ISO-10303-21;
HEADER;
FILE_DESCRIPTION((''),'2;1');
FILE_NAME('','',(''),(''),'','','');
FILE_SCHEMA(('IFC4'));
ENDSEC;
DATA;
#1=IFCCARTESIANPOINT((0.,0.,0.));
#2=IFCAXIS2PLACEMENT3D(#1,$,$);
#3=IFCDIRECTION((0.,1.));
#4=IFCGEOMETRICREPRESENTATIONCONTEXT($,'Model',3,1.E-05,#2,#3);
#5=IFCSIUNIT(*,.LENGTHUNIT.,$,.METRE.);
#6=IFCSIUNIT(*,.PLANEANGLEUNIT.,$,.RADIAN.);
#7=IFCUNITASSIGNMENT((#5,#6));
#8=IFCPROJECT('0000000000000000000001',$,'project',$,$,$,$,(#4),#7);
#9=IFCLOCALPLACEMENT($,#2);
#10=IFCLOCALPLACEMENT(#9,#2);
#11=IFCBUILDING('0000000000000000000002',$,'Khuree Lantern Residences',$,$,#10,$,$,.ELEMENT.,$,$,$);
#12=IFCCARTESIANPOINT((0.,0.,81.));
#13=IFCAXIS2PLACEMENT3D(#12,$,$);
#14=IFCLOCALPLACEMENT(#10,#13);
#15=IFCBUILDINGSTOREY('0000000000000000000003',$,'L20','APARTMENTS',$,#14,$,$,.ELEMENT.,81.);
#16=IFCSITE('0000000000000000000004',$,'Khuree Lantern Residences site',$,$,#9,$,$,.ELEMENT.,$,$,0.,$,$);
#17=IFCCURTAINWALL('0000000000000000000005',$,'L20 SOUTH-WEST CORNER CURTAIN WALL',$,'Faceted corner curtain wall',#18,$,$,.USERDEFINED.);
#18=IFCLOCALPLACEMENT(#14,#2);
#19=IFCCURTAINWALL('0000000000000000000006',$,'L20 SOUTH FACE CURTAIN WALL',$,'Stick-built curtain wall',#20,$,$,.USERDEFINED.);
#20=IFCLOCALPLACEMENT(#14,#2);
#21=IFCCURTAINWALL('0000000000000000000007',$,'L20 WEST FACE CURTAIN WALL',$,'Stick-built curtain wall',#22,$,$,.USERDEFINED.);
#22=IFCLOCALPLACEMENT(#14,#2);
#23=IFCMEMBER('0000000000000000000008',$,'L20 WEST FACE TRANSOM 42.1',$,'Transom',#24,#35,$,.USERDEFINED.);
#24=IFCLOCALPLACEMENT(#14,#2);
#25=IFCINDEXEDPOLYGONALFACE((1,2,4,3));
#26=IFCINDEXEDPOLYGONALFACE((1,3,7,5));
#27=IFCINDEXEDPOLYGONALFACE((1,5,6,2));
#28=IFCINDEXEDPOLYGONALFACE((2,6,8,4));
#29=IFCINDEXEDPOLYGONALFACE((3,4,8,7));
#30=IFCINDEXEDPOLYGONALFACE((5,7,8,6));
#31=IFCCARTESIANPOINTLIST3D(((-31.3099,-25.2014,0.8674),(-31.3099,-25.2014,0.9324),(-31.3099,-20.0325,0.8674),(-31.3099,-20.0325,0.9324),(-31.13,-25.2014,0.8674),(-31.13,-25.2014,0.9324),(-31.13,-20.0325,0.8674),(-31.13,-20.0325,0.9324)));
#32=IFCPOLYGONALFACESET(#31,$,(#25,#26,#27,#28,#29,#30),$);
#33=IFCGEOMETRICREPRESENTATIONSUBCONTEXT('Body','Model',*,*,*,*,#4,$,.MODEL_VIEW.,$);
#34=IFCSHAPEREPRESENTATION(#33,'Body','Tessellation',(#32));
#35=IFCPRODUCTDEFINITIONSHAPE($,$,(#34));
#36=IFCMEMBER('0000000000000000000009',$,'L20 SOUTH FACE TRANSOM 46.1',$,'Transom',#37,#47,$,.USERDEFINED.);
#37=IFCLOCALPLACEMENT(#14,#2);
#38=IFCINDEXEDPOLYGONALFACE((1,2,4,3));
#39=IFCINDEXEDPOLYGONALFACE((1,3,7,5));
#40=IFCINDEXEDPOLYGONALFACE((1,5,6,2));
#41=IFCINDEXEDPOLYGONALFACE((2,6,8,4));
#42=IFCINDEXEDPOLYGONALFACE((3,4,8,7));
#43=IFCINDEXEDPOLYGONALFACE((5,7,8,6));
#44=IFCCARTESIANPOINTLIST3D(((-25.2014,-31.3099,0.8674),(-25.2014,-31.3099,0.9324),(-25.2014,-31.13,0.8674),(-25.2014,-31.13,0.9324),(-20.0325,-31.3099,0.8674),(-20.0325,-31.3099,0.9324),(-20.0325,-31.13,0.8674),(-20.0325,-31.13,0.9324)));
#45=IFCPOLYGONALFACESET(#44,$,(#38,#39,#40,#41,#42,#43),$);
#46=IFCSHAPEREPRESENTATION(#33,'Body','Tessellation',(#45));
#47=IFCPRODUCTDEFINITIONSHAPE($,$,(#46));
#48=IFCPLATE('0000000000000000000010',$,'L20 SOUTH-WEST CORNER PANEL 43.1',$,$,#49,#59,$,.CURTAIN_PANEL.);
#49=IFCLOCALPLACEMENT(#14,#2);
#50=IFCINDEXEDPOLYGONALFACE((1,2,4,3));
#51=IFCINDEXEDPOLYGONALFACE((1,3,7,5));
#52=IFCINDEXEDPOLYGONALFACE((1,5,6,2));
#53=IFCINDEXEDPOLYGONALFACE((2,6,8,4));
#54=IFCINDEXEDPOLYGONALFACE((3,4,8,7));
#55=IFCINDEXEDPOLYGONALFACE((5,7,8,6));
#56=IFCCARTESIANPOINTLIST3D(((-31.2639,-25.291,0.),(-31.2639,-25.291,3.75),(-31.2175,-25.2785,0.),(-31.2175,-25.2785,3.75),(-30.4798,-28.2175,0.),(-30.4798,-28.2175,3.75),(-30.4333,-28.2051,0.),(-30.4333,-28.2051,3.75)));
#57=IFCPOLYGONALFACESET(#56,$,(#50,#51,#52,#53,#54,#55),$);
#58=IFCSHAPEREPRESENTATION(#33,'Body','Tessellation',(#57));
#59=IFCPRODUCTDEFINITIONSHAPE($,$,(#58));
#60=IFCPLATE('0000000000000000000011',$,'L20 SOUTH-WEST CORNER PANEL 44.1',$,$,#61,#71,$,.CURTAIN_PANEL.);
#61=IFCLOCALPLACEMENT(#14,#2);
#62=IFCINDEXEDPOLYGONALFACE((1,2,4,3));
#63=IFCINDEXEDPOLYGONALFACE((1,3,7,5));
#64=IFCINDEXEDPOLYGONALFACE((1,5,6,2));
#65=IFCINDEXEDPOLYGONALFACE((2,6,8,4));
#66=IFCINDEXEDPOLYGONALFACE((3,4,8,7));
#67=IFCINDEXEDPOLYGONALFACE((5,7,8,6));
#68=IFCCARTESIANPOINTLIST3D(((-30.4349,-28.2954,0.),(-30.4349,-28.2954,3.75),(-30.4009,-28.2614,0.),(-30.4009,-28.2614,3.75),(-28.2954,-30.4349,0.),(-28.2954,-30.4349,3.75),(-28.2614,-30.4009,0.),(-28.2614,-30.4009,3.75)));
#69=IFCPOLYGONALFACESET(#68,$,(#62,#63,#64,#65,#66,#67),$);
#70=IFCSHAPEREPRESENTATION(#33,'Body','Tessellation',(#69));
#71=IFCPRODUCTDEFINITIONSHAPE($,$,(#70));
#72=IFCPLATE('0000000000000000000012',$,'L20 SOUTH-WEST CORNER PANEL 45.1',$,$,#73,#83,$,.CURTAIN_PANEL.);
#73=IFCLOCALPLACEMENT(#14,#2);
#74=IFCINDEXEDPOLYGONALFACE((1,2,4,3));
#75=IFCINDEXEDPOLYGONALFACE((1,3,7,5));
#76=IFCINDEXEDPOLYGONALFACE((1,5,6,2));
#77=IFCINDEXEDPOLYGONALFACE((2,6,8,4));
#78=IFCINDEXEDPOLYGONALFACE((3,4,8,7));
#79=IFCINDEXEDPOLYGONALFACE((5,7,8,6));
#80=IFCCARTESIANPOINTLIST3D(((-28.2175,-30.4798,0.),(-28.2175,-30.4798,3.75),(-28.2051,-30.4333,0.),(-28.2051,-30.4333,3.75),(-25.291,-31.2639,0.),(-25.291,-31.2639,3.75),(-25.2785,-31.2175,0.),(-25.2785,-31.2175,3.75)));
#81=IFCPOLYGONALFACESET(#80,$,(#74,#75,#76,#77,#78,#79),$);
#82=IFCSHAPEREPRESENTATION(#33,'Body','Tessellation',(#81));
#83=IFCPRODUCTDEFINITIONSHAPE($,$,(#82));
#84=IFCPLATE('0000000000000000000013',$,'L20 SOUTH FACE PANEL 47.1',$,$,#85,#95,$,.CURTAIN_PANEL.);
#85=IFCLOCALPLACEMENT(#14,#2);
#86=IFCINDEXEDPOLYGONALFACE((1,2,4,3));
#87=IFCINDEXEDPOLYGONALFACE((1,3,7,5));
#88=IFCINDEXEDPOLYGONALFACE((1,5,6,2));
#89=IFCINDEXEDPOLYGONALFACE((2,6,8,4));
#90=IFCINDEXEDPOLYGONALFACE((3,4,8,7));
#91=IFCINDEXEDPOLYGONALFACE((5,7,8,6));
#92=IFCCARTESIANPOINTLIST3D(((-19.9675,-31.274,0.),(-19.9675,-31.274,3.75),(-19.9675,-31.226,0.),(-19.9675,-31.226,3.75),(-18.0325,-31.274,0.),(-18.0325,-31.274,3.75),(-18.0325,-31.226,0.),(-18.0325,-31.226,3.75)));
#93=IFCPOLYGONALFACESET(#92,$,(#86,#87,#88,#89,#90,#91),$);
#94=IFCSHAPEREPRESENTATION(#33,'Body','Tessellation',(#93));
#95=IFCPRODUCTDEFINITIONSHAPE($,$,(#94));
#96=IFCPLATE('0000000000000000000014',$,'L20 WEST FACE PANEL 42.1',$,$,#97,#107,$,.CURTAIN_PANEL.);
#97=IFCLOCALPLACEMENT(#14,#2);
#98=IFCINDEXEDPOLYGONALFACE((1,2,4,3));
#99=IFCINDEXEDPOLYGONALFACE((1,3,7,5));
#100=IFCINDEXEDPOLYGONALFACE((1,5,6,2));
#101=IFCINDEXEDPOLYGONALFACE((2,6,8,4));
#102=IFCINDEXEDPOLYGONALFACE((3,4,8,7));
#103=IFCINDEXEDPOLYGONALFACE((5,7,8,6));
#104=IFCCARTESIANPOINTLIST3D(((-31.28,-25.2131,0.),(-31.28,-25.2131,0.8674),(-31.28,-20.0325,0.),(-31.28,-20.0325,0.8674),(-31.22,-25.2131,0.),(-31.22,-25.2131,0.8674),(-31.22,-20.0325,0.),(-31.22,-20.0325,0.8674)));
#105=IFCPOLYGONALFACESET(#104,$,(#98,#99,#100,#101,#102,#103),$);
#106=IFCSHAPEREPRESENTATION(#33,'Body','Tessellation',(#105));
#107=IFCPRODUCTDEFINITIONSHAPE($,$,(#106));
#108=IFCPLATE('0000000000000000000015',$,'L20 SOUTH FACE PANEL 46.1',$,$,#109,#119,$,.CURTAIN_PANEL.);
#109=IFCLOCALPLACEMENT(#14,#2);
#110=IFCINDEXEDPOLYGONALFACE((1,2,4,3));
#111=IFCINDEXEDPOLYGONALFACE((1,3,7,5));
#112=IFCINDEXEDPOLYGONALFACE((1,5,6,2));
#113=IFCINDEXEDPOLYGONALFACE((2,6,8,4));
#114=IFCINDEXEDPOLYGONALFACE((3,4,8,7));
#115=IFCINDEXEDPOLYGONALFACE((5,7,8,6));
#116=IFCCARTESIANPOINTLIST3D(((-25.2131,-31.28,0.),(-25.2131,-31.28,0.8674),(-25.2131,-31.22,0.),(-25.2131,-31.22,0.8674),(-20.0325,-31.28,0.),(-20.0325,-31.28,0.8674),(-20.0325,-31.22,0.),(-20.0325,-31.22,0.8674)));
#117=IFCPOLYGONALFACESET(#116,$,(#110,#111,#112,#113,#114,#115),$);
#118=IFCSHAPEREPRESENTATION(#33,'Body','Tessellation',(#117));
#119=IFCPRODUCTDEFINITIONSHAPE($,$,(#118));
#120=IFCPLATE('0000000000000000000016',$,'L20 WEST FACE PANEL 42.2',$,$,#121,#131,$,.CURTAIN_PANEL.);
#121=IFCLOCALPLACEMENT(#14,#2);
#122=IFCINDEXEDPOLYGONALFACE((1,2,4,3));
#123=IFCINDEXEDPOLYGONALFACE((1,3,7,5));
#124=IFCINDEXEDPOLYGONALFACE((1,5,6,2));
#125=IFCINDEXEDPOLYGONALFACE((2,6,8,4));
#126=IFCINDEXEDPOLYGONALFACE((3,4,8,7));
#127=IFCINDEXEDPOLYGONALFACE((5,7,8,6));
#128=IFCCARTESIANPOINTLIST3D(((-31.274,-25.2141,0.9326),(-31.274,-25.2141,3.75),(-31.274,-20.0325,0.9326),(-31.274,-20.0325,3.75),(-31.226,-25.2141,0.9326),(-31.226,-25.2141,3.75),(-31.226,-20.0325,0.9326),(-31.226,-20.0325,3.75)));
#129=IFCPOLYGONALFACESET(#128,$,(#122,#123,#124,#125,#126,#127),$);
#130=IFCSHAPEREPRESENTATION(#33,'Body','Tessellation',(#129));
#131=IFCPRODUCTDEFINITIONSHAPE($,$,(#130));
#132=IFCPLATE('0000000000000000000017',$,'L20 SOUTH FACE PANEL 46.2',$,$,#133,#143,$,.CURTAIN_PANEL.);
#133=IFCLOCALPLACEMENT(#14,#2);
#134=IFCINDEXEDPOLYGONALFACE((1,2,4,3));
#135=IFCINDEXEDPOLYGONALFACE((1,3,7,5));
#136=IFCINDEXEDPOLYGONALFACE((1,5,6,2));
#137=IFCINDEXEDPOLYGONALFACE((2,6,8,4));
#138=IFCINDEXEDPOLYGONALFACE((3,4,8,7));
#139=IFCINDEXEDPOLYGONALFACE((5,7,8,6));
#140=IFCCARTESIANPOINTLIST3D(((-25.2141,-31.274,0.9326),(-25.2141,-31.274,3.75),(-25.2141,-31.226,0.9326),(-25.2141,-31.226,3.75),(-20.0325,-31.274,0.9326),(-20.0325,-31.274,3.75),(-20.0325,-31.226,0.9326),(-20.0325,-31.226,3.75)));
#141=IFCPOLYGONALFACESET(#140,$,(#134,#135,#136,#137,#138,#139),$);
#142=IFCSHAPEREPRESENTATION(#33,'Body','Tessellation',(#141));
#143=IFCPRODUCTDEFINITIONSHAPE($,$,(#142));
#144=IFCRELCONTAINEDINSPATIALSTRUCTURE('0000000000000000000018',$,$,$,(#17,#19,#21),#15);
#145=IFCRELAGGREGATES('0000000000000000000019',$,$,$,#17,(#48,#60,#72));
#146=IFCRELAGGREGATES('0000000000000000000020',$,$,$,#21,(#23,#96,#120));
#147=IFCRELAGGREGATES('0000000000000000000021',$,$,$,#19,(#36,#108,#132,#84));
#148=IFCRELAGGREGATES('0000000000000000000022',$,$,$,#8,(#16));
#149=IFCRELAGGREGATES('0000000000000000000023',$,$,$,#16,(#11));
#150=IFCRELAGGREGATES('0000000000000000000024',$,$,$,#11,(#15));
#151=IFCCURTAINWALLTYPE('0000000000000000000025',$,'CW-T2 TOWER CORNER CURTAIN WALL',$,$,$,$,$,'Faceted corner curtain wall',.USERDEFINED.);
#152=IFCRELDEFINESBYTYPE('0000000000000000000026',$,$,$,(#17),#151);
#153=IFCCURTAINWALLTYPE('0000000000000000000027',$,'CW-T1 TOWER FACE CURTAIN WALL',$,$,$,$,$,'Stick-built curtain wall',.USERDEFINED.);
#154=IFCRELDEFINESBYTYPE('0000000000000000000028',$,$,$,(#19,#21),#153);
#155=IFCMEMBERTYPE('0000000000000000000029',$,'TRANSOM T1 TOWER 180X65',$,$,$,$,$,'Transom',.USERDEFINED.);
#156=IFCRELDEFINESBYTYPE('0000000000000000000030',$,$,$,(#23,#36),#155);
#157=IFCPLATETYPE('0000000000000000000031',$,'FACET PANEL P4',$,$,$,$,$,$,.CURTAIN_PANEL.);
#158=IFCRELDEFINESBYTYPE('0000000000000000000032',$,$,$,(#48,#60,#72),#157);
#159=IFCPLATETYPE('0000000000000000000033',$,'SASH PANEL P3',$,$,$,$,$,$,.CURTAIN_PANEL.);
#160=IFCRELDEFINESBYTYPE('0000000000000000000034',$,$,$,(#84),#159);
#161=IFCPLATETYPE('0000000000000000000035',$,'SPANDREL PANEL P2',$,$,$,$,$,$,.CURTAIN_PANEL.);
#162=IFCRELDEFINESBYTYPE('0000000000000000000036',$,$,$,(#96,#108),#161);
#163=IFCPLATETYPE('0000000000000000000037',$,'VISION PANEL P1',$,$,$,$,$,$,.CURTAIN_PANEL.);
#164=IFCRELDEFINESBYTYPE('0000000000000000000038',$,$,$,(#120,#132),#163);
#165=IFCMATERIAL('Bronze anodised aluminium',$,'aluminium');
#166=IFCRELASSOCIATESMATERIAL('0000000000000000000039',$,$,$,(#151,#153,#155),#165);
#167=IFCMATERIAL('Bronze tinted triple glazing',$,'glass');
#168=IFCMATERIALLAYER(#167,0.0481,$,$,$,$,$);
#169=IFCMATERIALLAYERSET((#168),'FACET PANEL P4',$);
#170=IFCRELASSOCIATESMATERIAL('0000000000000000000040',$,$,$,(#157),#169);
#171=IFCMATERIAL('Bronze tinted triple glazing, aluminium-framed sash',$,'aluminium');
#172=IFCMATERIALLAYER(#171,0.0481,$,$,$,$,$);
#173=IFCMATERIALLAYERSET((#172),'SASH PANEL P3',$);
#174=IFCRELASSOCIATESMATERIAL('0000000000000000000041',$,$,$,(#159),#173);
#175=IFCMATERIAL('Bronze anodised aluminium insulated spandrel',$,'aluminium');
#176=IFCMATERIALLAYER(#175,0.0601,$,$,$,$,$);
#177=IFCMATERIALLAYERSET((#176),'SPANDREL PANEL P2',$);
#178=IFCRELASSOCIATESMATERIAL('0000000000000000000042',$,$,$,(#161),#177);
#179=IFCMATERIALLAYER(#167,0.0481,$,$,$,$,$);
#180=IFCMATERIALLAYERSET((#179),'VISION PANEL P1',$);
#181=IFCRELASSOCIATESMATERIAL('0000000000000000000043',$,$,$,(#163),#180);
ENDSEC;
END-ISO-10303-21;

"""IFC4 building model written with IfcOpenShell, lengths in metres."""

from ifc_helpers import new_model, si_unit, direction, frame, origin, origin_2d, place, context, subcontext, project, spatial, rectangle, extrude, material, layer, layer_set, material_profile, profile_set, type_object, element, aggregate, save


model = new_model("IFC4")

# Units and contexts
model_context = context("Model", 3, precision=1e-05, world=origin(), true_north=direction((0.0, 1.0)))
body_context = subcontext(model_context, "Body", "Model", "MODEL_VIEW")
ifc_project = project(units=[si_unit("LENGTHUNIT", "METRE"), si_unit("PLANEANGLEUNIT", "RADIAN")], contexts=[model_context])

# Site, building, storey
site_placement = place(None, origin())
site = spatial("IfcSite", under=ifc_project, at=site_placement, Name="Khuree Lantern Residences site", CompositionType="ELEMENT", RefElevation=0.0)
building_placement = place(site_placement, origin())
building = spatial("IfcBuilding", under=site, at=building_placement, Name="Khuree Lantern Residences", CompositionType="ELEMENT")
storey_placement = place(building_placement, frame((0.0, 0.0, 81.0)))
storey = spatial("IfcBuildingStorey", under=building, at=storey_placement, Name="L20", Description="APARTMENTS", CompositionType="ELEMENT", Elevation=81.0)

# Curtain walls
ifc_material_1 = material(Name="Bronze anodised aluminium", Category="aluminium")
curtain_wall_type_1 = type_object("IfcCurtainWallType", Name="CW-T2 TOWER CORNER CURTAIN WALL", ElementType="Faceted corner curtain wall", PredefinedType="USERDEFINED", material=ifc_material_1)
curtain_wall_1_placement = place(storey_placement, origin())
curtain_wall_1 = element("IfcCurtainWall", 1, at=curtain_wall_1_placement, inside=storey, type_object=curtain_wall_type_1, Name="L20 SOUTH-WEST CORNER CURTAIN WALL", ObjectType="Faceted corner curtain wall", PredefinedType="USERDEFINED")
curtain_wall_type_2 = type_object("IfcCurtainWallType", Name="CW-T1 TOWER FACE CURTAIN WALL", ElementType="Stick-built curtain wall", PredefinedType="USERDEFINED", material=ifc_material_1)
curtain_wall_2_placement = place(storey_placement, origin())
curtain_wall_2 = element("IfcCurtainWall", 2, at=curtain_wall_2_placement, inside=storey, type_object=curtain_wall_type_2, Name="L20 SOUTH FACE CURTAIN WALL", ObjectType="Stick-built curtain wall", PredefinedType="USERDEFINED")

# Curtain wall, member
curtain_wall_3_placement = place(storey_placement, origin())
curtain_wall_3 = element("IfcCurtainWall", 3, at=curtain_wall_3_placement, inside=storey, type_object=curtain_wall_type_2, Name="L20 WEST FACE CURTAIN WALL", ObjectType="Stick-built curtain wall", PredefinedType="USERDEFINED")
ifc_material_profile_1 = material_profile(ifc_material_1, rectangle(XDim=0.1799, YDim=0.0649, at=origin_2d()), Name="T1 180X65")
ifc_profile_set_1 = profile_set([ifc_material_profile_1], Name="Bronze anodised aluminium")
member_type_1 = type_object("IfcMemberType", Name="TRANSOM T1 TOWER 180X65", ElementType="Transom", PredefinedType="USERDEFINED", material=ifc_profile_set_1)
member_1_placement = place(storey_placement, frame((-31.22, -20.0325, 0.8999), z_axis=(0.0, -1.0, 0.0), x_axis=(1.0, 0.0, 0.0)))
member_1 = element("IfcMember", 4, at=member_1_placement, type_object=member_type_1, Name="L20 WEST FACE TRANSOM 42.1", ObjectType="Transom", PredefinedType="USERDEFINED", context=body_context, shape_type="SweptSolid", body=[
    extrude(rectangle(XDim=0.1799, YDim=0.0649, at=origin_2d()), origin(), (0.0, 0.0, 1.0), 5.1689),
])

# Member
member_2_placement = place(storey_placement, frame((-25.2014, -31.22, 0.8999), z_axis=(1.0, 0.0, 0.0), x_axis=(0.0, 1.0, 0.0)))
member_2 = element("IfcMember", 5, at=member_2_placement, type_object=member_type_1, Name="L20 SOUTH FACE TRANSOM 46.1", ObjectType="Transom", PredefinedType="USERDEFINED", context=body_context, shape_type="SweptSolid", body=[
    extrude(rectangle(XDim=0.1799, YDim=0.0649, at=origin_2d()), origin(), (0.0, 0.0, 1.0), 5.1689),
])

# Plates
ifc_material_2 = material(Name="Bronze tinted triple glazing", Category="glass")
ifc_layer_1 = layer(ifc_material_2, 0.0481)
ifc_layer_set_1 = layer_set([ifc_layer_1], Name="FACET PANEL P4")
plate_type_1 = type_object("IfcPlateType", Name="FACET PANEL P4", PredefinedType="CURTAIN_PANEL", material=ifc_layer_set_1)
plate_1_placement = place(storey_placement, frame((-30.8486, -26.748, 0.0), z_axis=(0.0, 0.0, 1.0), x_axis=(0.258819, -0.965926, 0.0)))
plate_1 = element("IfcPlate", 6, at=plate_1_placement, type_object=plate_type_1, Name="L20 SOUTH-WEST CORNER PANEL 43.1", PredefinedType="CURTAIN_PANEL", context=body_context, shape_type="SweptSolid", body=[
    extrude(rectangle(XDim=3.0298, YDim=0.0481, at=origin_2d()), origin(), (0.0, 0.0, 1.0), 3.75),
])
plate_2_placement = place(storey_placement, frame((-29.3481, -29.3481, 0.0), z_axis=(0.0, 0.0, 1.0), x_axis=(0.707107, -0.707107, 0.0)))
plate_2 = element("IfcPlate", 7, at=plate_2_placement, type_object=plate_type_1, Name="L20 SOUTH-WEST CORNER PANEL 44.1", PredefinedType="CURTAIN_PANEL", context=body_context, shape_type="SweptSolid", body=[
    extrude(rectangle(XDim=3.0256, YDim=0.0481, at=origin_2d()), origin(), (0.0, 0.0, 1.0), 3.75),
])
plate_3_placement = place(storey_placement, frame((-26.748, -30.8486, 0.0), z_axis=(0.0, 0.0, 1.0), x_axis=(0.965926, -0.258819, 0.0)))
plate_3 = element("IfcPlate", 8, at=plate_3_placement, type_object=plate_type_1, Name="L20 SOUTH-WEST CORNER PANEL 45.1", PredefinedType="CURTAIN_PANEL", context=body_context, shape_type="SweptSolid", body=[
    extrude(rectangle(XDim=3.0298, YDim=0.0481, at=origin_2d()), origin(), (0.0, 0.0, 1.0), 3.75),
])
aggregate(curtain_wall_1, [plate_1, plate_2, plate_3])
ifc_material_3 = material(Name="Bronze tinted triple glazing, aluminium-framed sash", Category="aluminium")
ifc_layer_2 = layer(ifc_material_3, 0.0481)
ifc_layer_set_2 = layer_set([ifc_layer_2], Name="SASH PANEL P3")
plate_type_2 = type_object("IfcPlateType", Name="SASH PANEL P3", PredefinedType="CURTAIN_PANEL", material=ifc_layer_set_2)
plate_4_placement = place(storey_placement, frame((-19.0, -31.25, 0.0), z_axis=(0.0, 0.0, 1.0), x_axis=(1.0, 0.0, 0.0)))
plate_4 = element("IfcPlate", 9, at=plate_4_placement, type_object=plate_type_2, Name="L20 SOUTH FACE PANEL 47.1", PredefinedType="CURTAIN_PANEL", context=body_context, shape_type="SweptSolid", body=[
    extrude(rectangle(XDim=1.9351, YDim=0.0481, at=origin_2d()), origin(), (0.0, 0.0, 1.0), 3.75),
])
ifc_material_4 = material(Name="Bronze anodised aluminium insulated spandrel", Category="aluminium")
ifc_layer_3 = layer(ifc_material_4, 0.0601)
ifc_layer_set_3 = layer_set([ifc_layer_3], Name="SPANDREL PANEL P2")
plate_type_3 = type_object("IfcPlateType", Name="SPANDREL PANEL P2", PredefinedType="CURTAIN_PANEL", material=ifc_layer_set_3)
plate_5_placement = place(storey_placement, frame((-31.25, -22.6228, 0.0), z_axis=(0.0, 0.0, 1.0), x_axis=(0.0, -1.0, 0.0)))
plate_5 = element("IfcPlate", 10, at=plate_5_placement, type_object=plate_type_3, Name="L20 WEST FACE PANEL 42.1", PredefinedType="CURTAIN_PANEL", context=body_context, shape_type="SweptSolid", body=[
    extrude(rectangle(XDim=5.1807, YDim=0.0601, at=origin_2d()), origin(), (0.0, 0.0, 1.0), 0.8674),
])
plate_6_placement = place(storey_placement, frame((-22.6228, -31.25, 0.0), z_axis=(0.0, 0.0, 1.0), x_axis=(1.0, 0.0, 0.0)))
plate_6 = element("IfcPlate", 11, at=plate_6_placement, type_object=plate_type_3, Name="L20 SOUTH FACE PANEL 46.1", PredefinedType="CURTAIN_PANEL", context=body_context, shape_type="SweptSolid", body=[
    extrude(rectangle(XDim=5.1807, YDim=0.0601, at=origin_2d()), origin(), (0.0, 0.0, 1.0), 0.8674),
])
ifc_layer_4 = layer(ifc_material_2, 0.0481)
ifc_layer_set_4 = layer_set([ifc_layer_4], Name="VISION PANEL P1")
plate_type_4 = type_object("IfcPlateType", Name="VISION PANEL P1", PredefinedType="CURTAIN_PANEL", material=ifc_layer_set_4)
plate_7_placement = place(storey_placement, frame((-31.25, -22.6233, 0.9326), z_axis=(0.0, 0.0, 1.0), x_axis=(0.0, -1.0, 0.0)))
plate_7 = element("IfcPlate", 12, at=plate_7_placement, type_object=plate_type_4, Name="L20 WEST FACE PANEL 42.2", PredefinedType="CURTAIN_PANEL", context=body_context, shape_type="SweptSolid", body=[
    extrude(rectangle(XDim=5.1816, YDim=0.0481, at=origin_2d()), origin(), (0.0, 0.0, 1.0), 2.8174),
])
aggregate(curtain_wall_3, [member_1, plate_5, plate_7])
plate_8_placement = place(storey_placement, frame((-22.6233, -31.25, 0.9326), z_axis=(0.0, 0.0, 1.0), x_axis=(1.0, 0.0, 0.0)))
plate_8 = element("IfcPlate", 13, at=plate_8_placement, type_object=plate_type_4, Name="L20 SOUTH FACE PANEL 46.2", PredefinedType="CURTAIN_PANEL", context=body_context, shape_type="SweptSolid", body=[
    extrude(rectangle(XDim=5.1816, YDim=0.0481, at=origin_2d()), origin(), (0.0, 0.0, 1.0), 2.8174),
])
aggregate(curtain_wall_2, [member_2, plate_6, plate_8, plate_4])

save(model, "model.ifc")
